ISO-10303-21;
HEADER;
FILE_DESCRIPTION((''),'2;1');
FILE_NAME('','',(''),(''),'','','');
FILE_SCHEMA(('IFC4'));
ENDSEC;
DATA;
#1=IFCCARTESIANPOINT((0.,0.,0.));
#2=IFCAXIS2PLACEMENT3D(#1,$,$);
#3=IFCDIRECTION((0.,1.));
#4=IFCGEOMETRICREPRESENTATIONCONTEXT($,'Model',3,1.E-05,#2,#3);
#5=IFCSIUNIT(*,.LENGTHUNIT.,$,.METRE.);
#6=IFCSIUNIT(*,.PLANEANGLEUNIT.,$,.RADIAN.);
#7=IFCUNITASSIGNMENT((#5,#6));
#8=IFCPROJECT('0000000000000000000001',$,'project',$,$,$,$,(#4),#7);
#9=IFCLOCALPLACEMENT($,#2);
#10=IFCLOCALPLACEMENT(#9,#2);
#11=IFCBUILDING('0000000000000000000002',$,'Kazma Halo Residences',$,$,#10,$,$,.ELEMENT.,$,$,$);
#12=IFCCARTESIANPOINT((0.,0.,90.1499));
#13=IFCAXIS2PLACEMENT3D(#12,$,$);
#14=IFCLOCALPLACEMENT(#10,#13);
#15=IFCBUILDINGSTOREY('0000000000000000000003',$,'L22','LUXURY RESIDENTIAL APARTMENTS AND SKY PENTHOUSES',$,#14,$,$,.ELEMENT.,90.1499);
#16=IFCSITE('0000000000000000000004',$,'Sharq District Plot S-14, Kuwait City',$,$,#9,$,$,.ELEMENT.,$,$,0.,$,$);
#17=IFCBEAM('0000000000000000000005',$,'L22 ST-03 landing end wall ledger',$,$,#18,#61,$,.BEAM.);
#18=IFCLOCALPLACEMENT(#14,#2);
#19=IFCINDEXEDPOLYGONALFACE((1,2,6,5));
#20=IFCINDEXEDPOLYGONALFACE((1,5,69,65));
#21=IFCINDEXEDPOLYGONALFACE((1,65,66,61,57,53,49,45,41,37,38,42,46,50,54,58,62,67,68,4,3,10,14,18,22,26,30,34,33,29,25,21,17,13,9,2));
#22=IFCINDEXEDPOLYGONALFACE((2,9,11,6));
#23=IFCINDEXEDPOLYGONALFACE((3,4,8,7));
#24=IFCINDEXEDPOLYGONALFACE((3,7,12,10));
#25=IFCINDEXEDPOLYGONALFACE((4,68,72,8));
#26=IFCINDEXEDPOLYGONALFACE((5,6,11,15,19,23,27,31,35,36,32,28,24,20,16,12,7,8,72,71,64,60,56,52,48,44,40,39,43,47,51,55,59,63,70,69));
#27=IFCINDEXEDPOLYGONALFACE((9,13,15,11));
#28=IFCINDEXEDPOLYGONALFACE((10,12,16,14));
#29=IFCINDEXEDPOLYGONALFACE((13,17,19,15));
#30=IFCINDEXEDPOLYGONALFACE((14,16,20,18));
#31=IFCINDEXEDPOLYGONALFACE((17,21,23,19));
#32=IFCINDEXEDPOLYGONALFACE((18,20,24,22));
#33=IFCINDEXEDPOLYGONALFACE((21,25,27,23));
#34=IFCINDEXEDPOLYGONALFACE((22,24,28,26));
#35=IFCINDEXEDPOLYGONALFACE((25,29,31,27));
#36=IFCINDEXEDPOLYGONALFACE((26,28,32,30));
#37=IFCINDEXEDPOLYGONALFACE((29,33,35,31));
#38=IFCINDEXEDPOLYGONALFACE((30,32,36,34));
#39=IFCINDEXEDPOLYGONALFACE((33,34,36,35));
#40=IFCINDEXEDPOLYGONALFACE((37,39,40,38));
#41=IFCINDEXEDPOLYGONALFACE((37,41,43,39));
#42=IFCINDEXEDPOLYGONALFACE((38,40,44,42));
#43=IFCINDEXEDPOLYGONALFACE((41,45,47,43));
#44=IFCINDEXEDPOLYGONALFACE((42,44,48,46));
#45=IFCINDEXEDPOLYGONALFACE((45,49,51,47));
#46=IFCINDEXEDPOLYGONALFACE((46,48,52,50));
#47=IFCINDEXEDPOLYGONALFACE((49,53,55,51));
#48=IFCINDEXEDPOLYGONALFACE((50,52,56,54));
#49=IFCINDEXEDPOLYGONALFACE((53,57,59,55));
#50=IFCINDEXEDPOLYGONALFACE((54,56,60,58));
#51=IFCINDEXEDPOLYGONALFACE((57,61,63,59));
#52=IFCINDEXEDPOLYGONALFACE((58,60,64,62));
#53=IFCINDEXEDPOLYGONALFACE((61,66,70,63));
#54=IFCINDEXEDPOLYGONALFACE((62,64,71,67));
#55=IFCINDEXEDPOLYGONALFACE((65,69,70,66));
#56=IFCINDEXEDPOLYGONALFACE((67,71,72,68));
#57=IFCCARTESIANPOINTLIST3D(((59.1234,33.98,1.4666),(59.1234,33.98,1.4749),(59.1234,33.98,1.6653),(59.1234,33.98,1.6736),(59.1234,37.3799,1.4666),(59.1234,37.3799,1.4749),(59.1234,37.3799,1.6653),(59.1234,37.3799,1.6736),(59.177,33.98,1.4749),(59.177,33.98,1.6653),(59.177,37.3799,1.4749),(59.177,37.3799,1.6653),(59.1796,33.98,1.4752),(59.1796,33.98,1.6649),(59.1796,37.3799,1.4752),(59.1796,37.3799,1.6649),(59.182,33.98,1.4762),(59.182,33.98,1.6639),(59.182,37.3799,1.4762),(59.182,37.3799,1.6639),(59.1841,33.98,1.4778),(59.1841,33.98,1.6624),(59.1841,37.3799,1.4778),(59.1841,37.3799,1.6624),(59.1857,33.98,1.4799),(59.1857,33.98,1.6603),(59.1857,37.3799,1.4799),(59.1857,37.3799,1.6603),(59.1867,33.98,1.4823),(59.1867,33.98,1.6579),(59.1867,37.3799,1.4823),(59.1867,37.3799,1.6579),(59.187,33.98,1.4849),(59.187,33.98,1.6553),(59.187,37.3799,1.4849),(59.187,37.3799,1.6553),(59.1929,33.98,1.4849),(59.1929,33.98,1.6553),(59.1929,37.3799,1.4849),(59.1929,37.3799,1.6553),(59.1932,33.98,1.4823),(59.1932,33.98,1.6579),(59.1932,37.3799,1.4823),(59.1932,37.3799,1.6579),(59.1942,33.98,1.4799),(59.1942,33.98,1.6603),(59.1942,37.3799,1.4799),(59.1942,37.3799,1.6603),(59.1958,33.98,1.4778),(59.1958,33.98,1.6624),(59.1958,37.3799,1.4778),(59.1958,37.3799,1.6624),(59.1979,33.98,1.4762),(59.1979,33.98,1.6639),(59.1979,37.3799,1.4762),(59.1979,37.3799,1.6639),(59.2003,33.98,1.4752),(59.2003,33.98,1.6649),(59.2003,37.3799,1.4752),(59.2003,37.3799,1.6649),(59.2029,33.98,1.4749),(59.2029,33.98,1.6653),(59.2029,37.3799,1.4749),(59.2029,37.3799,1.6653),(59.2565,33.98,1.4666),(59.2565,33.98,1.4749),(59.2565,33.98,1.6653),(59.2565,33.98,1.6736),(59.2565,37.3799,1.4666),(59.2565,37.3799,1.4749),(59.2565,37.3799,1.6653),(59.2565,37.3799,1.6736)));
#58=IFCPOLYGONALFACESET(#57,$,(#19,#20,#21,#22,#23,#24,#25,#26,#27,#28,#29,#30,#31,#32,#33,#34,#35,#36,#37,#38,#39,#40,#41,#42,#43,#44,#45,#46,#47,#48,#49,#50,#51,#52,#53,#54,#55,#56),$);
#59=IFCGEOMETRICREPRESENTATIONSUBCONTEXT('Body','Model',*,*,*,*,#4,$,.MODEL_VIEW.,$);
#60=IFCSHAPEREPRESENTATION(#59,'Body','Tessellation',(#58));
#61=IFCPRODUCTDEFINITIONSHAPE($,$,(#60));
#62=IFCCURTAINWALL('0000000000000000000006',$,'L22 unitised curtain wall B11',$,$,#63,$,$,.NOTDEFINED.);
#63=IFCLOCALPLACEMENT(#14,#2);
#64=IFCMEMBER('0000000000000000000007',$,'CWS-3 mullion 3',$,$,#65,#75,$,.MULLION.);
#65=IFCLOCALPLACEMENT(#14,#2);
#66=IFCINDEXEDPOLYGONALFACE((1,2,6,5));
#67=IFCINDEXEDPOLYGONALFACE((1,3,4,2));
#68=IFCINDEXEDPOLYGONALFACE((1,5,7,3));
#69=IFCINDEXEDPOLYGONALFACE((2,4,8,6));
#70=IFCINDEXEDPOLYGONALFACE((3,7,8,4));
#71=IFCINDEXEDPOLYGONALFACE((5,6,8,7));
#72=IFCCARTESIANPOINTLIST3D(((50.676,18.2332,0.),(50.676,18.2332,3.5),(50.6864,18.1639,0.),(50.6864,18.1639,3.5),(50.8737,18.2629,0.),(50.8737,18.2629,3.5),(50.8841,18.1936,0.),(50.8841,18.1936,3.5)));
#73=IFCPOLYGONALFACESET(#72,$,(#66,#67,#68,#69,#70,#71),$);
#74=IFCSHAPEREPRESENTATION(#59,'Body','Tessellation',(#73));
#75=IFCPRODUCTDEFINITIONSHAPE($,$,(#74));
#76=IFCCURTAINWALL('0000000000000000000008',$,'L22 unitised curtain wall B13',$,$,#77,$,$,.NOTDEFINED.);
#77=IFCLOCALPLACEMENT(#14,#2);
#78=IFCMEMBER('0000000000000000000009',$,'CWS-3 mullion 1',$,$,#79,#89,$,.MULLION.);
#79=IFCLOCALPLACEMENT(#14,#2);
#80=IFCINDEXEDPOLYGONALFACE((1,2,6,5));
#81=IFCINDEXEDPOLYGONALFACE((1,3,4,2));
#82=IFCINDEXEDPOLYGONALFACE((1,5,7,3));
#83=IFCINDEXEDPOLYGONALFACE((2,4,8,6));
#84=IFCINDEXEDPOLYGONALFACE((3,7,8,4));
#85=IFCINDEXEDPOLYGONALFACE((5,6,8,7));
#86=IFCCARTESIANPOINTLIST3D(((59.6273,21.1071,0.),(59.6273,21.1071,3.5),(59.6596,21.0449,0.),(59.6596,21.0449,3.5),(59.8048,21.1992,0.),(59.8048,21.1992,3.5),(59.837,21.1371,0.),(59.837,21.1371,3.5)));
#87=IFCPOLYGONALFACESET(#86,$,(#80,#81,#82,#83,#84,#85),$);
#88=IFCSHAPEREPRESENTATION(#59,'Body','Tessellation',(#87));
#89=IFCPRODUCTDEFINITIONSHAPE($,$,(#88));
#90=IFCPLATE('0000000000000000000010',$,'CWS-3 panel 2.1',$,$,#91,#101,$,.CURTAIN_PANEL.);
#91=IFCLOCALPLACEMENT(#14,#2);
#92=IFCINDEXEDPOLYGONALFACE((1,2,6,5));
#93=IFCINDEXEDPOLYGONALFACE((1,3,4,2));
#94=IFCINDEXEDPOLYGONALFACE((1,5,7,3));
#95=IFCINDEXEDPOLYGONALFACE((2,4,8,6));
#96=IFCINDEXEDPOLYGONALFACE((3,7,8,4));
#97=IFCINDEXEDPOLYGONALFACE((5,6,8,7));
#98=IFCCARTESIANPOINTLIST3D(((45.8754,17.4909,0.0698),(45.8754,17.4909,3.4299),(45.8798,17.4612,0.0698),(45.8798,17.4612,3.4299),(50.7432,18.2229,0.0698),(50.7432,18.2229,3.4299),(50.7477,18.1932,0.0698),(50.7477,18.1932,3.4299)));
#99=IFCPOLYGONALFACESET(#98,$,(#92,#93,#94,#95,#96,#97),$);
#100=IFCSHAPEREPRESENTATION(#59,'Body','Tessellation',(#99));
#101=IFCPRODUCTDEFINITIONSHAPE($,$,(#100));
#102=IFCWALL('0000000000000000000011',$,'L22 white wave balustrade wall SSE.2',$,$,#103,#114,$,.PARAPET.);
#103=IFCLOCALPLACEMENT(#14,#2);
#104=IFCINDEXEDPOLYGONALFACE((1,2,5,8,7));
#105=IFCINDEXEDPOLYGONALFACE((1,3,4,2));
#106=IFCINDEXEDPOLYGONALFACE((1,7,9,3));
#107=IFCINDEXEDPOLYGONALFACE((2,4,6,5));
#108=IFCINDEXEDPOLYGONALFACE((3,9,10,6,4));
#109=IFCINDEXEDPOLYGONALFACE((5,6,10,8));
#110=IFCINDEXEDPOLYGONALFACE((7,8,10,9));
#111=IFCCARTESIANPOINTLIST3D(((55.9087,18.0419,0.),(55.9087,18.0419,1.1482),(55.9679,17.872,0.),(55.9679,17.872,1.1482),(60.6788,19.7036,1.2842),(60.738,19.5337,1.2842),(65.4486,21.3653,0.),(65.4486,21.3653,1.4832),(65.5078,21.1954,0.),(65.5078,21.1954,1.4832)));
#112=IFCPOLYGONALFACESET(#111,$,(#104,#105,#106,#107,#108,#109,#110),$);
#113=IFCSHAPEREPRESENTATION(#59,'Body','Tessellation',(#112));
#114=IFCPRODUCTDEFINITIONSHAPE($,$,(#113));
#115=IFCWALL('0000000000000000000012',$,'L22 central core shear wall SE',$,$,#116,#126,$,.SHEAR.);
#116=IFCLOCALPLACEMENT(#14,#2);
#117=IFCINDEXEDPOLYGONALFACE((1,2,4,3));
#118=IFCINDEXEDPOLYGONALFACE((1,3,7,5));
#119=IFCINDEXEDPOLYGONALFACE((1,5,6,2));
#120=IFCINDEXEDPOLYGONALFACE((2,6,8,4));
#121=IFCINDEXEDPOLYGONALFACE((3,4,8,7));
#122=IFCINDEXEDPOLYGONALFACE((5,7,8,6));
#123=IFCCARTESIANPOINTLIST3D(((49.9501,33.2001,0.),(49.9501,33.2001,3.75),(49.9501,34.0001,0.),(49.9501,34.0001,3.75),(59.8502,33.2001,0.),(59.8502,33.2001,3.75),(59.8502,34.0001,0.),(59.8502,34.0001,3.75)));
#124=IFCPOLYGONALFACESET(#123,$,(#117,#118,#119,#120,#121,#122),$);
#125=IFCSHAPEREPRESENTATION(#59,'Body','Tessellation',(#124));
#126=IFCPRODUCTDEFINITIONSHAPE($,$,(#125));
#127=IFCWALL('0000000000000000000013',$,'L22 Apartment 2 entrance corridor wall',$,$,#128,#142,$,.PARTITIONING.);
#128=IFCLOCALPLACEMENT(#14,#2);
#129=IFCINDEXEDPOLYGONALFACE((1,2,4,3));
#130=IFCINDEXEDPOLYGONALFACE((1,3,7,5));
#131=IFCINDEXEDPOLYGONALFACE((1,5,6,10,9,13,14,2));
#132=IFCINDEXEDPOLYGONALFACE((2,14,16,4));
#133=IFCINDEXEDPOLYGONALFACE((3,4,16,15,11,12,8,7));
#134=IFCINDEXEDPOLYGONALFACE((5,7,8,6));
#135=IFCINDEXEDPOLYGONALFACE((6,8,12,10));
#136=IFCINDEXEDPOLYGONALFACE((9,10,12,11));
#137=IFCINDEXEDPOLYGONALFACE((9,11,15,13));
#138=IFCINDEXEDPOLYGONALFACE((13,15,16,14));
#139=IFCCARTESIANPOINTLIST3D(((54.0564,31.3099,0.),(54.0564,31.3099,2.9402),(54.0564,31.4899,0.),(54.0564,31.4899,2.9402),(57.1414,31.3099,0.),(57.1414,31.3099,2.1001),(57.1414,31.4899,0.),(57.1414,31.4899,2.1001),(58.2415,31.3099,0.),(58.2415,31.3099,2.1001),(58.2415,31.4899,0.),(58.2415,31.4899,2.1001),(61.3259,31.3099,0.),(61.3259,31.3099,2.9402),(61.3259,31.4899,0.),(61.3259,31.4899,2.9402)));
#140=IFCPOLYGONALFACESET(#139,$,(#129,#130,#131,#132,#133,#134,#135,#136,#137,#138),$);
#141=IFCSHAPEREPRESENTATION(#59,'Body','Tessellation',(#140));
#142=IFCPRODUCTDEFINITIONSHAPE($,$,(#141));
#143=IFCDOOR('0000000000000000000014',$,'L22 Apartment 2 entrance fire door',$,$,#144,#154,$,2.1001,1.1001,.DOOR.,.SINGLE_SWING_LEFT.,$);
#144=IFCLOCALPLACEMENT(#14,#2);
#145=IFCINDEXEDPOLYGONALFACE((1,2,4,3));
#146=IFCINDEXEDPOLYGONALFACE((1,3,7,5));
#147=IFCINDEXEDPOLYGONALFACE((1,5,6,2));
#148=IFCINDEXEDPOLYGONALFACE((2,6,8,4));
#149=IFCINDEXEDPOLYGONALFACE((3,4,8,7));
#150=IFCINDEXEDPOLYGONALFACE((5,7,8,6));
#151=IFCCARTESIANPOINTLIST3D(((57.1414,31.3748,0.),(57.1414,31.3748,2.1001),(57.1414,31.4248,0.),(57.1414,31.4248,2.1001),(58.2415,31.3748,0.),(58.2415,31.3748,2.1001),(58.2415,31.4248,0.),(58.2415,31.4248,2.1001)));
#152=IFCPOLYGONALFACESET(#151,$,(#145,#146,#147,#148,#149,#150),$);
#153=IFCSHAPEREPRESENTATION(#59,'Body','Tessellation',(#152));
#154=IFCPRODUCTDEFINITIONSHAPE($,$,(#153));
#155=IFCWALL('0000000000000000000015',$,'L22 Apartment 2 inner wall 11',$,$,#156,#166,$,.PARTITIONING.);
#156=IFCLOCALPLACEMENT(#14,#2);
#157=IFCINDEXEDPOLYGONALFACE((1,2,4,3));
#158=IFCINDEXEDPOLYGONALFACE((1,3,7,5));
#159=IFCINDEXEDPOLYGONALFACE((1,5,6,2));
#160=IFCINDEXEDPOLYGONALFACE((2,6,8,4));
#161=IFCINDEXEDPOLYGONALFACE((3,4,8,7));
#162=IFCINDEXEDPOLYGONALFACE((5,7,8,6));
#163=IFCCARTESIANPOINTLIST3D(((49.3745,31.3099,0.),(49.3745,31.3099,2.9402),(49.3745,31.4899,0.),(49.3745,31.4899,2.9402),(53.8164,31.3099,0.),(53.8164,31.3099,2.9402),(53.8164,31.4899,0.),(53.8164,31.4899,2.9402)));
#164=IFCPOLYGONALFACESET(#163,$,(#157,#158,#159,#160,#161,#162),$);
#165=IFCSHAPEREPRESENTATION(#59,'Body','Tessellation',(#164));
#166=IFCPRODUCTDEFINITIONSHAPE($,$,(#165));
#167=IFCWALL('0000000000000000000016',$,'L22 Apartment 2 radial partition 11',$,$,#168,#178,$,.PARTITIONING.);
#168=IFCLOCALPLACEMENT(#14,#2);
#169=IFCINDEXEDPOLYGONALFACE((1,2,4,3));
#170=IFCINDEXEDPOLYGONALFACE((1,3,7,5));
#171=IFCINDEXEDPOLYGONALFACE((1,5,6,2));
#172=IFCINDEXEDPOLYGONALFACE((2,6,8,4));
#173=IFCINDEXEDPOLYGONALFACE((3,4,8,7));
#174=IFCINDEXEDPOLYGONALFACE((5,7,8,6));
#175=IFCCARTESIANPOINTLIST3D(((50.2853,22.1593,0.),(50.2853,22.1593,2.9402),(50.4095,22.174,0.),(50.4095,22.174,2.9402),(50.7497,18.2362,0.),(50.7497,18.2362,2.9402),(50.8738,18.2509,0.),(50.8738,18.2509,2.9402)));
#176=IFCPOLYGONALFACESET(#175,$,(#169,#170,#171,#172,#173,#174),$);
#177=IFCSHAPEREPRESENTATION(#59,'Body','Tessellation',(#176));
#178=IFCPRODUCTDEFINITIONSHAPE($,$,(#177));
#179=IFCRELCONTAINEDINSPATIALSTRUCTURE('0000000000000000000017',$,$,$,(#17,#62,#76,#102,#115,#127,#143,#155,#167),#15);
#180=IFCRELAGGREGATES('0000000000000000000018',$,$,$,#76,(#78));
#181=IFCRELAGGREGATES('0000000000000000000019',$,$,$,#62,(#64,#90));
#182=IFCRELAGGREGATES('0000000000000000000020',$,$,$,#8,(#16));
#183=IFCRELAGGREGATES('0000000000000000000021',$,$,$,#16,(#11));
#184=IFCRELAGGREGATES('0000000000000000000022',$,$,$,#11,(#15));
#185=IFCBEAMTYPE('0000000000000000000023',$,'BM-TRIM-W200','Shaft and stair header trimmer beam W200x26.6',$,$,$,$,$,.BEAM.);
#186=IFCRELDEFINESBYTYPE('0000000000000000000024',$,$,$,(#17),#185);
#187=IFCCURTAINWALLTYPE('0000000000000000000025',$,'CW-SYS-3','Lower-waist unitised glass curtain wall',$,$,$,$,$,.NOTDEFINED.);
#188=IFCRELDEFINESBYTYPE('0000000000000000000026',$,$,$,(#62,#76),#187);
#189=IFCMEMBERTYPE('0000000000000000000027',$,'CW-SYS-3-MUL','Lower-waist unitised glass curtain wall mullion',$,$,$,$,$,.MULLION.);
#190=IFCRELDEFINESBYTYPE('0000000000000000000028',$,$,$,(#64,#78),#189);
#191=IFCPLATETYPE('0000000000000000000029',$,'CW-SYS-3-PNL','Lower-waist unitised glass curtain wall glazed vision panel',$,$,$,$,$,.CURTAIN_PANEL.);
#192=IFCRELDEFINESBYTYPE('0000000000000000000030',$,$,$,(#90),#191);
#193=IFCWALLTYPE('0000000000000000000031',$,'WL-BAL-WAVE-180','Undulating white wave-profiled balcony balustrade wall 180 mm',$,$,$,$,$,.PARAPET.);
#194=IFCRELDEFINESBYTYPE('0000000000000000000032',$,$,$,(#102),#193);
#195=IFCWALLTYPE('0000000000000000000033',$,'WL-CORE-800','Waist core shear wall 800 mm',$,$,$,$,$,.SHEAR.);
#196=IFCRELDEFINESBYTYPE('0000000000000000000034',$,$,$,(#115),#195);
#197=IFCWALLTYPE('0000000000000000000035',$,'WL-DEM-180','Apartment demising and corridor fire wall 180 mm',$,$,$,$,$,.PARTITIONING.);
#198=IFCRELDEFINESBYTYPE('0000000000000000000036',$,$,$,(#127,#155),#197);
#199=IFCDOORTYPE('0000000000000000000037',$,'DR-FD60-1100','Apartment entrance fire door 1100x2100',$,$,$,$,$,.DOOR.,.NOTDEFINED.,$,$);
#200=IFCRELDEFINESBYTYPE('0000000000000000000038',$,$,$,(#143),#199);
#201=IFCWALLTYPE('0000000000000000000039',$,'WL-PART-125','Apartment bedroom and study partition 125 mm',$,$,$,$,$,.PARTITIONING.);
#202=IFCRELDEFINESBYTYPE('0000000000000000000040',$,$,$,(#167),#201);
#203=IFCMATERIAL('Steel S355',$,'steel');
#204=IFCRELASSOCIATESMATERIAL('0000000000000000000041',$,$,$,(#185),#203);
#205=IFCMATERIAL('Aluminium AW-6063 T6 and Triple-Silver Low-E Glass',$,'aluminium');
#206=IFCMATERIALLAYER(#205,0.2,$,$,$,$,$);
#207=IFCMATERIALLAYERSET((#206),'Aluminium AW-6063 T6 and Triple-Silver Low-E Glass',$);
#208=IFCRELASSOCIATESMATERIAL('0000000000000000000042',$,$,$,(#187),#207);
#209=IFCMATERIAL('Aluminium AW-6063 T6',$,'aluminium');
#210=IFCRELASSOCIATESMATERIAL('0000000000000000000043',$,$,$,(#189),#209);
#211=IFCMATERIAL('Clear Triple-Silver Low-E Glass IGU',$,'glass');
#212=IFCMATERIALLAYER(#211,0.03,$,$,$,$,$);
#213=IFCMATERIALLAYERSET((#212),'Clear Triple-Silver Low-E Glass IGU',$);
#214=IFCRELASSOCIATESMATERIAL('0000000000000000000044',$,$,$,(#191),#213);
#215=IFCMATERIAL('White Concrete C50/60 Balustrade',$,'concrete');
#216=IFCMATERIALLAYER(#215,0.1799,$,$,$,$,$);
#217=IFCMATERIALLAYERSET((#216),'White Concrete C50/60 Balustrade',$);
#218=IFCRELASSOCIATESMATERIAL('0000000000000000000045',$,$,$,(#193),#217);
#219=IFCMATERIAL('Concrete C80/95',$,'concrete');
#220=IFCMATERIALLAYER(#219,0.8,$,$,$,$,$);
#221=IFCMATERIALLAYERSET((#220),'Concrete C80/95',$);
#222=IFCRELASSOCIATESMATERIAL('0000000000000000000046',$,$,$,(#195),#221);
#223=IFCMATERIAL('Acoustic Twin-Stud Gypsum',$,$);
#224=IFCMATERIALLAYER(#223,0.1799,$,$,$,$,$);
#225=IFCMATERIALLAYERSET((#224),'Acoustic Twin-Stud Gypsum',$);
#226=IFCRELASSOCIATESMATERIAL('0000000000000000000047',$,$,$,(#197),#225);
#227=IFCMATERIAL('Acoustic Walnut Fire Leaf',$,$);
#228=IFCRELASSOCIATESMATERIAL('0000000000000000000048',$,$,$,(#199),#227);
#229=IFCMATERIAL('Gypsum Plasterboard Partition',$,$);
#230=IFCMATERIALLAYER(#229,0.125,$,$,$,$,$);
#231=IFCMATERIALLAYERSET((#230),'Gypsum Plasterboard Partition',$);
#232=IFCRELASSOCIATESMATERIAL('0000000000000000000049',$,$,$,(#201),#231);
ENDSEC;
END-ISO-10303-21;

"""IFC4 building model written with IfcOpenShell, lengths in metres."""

from ifc_helpers import new_model, si_unit, direction, frame, frame_2d, origin, origin_2d, place, context, subcontext, project, spatial, polyline, rectangle, i_section, outline, extrude, material, layer, layer_set, material_profile, profile_set, type_object, element, fill, aggregate, save


model = new_model("IFC4")

# Units and contexts
model_context = context("Model", 3, precision=1e-05, world=origin(), true_north=direction((0.0, 1.0)))
body_context = subcontext(model_context, "Body", "Model", "MODEL_VIEW")
ifc_project = project(units=[si_unit("LENGTHUNIT", "METRE"), si_unit("PLANEANGLEUNIT", "RADIAN")], contexts=[model_context])

# Site, building, storey
site_placement = place(None, origin())
site = spatial("IfcSite", under=ifc_project, at=site_placement, Name="Sharq District Plot S-14, Kuwait City", CompositionType="ELEMENT", RefElevation=0.0)
building_placement = place(site_placement, origin())
building = spatial("IfcBuilding", under=site, at=building_placement, Name="Kazma Halo Residences", CompositionType="ELEMENT")
storey_placement = place(building_placement, frame((0.0, 0.0, 90.1499)))
storey = spatial("IfcBuildingStorey", under=building, at=storey_placement, Name="L22", Description="LUXURY RESIDENTIAL APARTMENTS AND SKY PENTHOUSES", CompositionType="ELEMENT", Elevation=90.1499)

# Shared definitions
ifc_material_1 = material(Name="Concrete C80/95", Category="concrete")

# Beam
ifc_material_2 = material(Name="Steel S355", Category="steel")
ifc_material_profile_1 = material_profile(ifc_material_2, i_section(OverallWidth=0.1331, OverallDepth=0.207, WebThickness=0.0059, FlangeThickness=0.0083, FilletRadius=0.01, at=origin_2d()), Name="W200x26.6")
ifc_profile_set_1 = profile_set([ifc_material_profile_1], Name="Steel S355")
beam_type_1 = type_object("IfcBeamType", Name="BM-TRIM-W200", Description="Shaft and stair header trimmer beam W200x26.6", PredefinedType="BEAM", material=ifc_profile_set_1)
beam_1_placement = place(storey_placement, frame((59.1899, 33.98, 1.5701), z_axis=(0.0, 1.0, 0.0), x_axis=(-1.0, 0.0, 0.0)))
element("IfcBeam", 1, at=beam_1_placement, inside=storey, type_object=beam_type_1, Name="L22 ST-03 landing end wall ledger", PredefinedType="BEAM", context=body_context, shape_type="SweptSolid", body=[
    extrude(i_section(OverallWidth=0.1331, OverallDepth=0.207, WebThickness=0.0059, FlangeThickness=0.0083, FilletRadius=0.01, at=origin_2d()), origin(), (0.0, 0.0, 1.0), 3.3999),
])

# Curtain walls, members
ifc_material_3 = material(Name="Aluminium AW-6063 T6 and Triple-Silver Low-E Glass", Category="aluminium")
ifc_layer_1 = layer(ifc_material_3, 0.2)
ifc_layer_set_1 = layer_set([ifc_layer_1], Name="Aluminium AW-6063 T6 and Triple-Silver Low-E Glass")
curtain_wall_type = type_object("IfcCurtainWallType", Name="CW-SYS-3", Description="Lower-waist unitised glass curtain wall", PredefinedType="NOTDEFINED", material=ifc_layer_set_1)
curtain_wall_1_placement = place(storey_placement, origin())
curtain_wall_1 = element("IfcCurtainWall", 2, at=curtain_wall_1_placement, inside=storey, type_object=curtain_wall_type, Name="L22 unitised curtain wall B11", PredefinedType="NOTDEFINED")
ifc_material_4 = material(Name="Aluminium AW-6063 T6", Category="aluminium")
ifc_material_profile_2 = material_profile(ifc_material_4, rectangle(XDim=0.0701, YDim=0.2, at=origin_2d()), Name="CWM-70x200")
ifc_profile_set_2 = profile_set([ifc_material_profile_2], Name="Aluminium AW-6063 T6")
member_type = type_object("IfcMemberType", Name="CW-SYS-3-MUL", Description="Lower-waist unitised glass curtain wall mullion", PredefinedType="MULLION", material=ifc_profile_set_2)
member_1_placement = place(storey_placement, frame((50.78, 18.2134, 0.0), z_axis=(0.0, 0.0, 1.0), x_axis=(-0.148717, 0.98888, 0.0)))
member_1 = element("IfcMember", 3, at=member_1_placement, type_object=member_type, Name="CWS-3 mullion 3", PredefinedType="MULLION", context=body_context, shape_type="SweptSolid", body=[
    extrude(rectangle(XDim=0.0701, YDim=0.2, at=origin_2d()), origin(), (0.0, 0.0, 1.0), 3.5),
])
curtain_wall_2_placement = place(storey_placement, origin())
curtain_wall_2 = element("IfcCurtainWall", 4, at=curtain_wall_2_placement, inside=storey, type_object=curtain_wall_type, Name="L22 unitised curtain wall B13", PredefinedType="NOTDEFINED")
member_2_placement = place(storey_placement, frame((59.7322, 21.1221, 0.0), z_axis=(0.0, 0.0, 1.0), x_axis=(-0.460932, 0.887435, 0.0)))
member_2 = element("IfcMember", 5, at=member_2_placement, type_object=member_type, Name="CWS-3 mullion 1", PredefinedType="MULLION", context=body_context, shape_type="SweptSolid", body=[
    extrude(rectangle(XDim=0.0701, YDim=0.2, at=origin_2d()), origin(), (0.0, 0.0, 1.0), 3.5),
])
aggregate(curtain_wall_2, [member_2])

# Plate
ifc_material_5 = material(Name="Clear Triple-Silver Low-E Glass IGU", Category="glass")
ifc_layer_2 = layer(ifc_material_5, 0.03)
ifc_layer_set_2 = layer_set([ifc_layer_2], Name="Clear Triple-Silver Low-E Glass IGU")
plate_type = type_object("IfcPlateType", Name="CW-SYS-3-PNL", Description="Lower-waist unitised glass curtain wall glazed vision panel", PredefinedType="CURTAIN_PANEL", material=ifc_layer_set_2)
plate_placement = place(storey_placement, frame((48.3115, 17.842, 0.0698), z_axis=(0.0, 0.0, 1.0), x_axis=(0.98888, 0.148717, 0.0)))
plate = element("IfcPlate", 6, at=plate_placement, type_object=plate_type, Name="CWS-3 panel 2.1", PredefinedType="CURTAIN_PANEL", context=body_context, shape_type="SweptSolid", body=[
    extrude(rectangle(XDim=4.9226, YDim=0.03, at=origin_2d()), origin(), (0.0, 0.0, 1.0), 3.3601),
])
aggregate(curtain_wall_1, [member_1, plate])

# Walls
ifc_material_6 = material(Name="White Concrete C50/60 Balustrade", Category="concrete")
ifc_layer_3 = layer(ifc_material_6, 0.1799)
ifc_layer_set_3 = layer_set([ifc_layer_3], Name="White Concrete C50/60 Balustrade")
wall_type_1 = type_object("IfcWallType", Name="WL-BAL-WAVE-180", Description="Undulating white wave-profiled balcony balustrade wall 180 mm", PredefinedType="PARAPET", material=ifc_layer_set_3)
wall_1_placement = place(storey_placement, frame((55.9382, 17.957, 0.0), z_axis=(0.0, 0.0, 1.0), x_axis=(0.944337, 0.328981, 0.0)))
element("IfcWall", 7, at=wall_1_placement, inside=storey, type_object=wall_type_1, Name="L22 white wave balustrade wall SSE.2", PredefinedType="PARAPET", context=body_context, shape_type="SweptSolid", body=[
    extrude(outline(polyline([(0.0, 0.0), (10.1023, 0.0), (10.1023, 1.4832), (5.0513, 1.2842), (0.0, 1.1482), (0.0, 0.0)])), frame((0.0, 0.0898, 0.0), z_axis=(0.0, -1.0, 0.0), x_axis=(1.0, 0.0, 0.0)), (0.0, 0.0, 1.0), 0.1799),
])
ifc_layer_4 = layer(ifc_material_1, 0.8)
ifc_layer_set_4 = layer_set([ifc_layer_4], Name="Concrete C80/95")
wall_type_2 = type_object("IfcWallType", Name="WL-CORE-800", Description="Waist core shear wall 800 mm", PredefinedType="SHEAR", material=ifc_layer_set_4)
wall_2_placement = place(storey_placement, frame((49.95, 33.6001, 0.0), z_axis=(0.0, 0.0, 1.0), x_axis=(1.0, 0.0, 0.0)))
element("IfcWall", 8, at=wall_2_placement, inside=storey, type_object=wall_type_2, Name="L22 central core shear wall SE", PredefinedType="SHEAR", context=body_context, shape_type="SweptSolid", body=[
    extrude(rectangle(XDim=9.9001, YDim=0.8, at=frame_2d((4.9502, 0.0))), origin(), (0.0, 0.0, 1.0), 3.75),
])

# Wall, opening, door
ifc_material_7 = material(Name="Acoustic Twin-Stud Gypsum")
ifc_layer_5 = layer(ifc_material_7, 0.1799)
ifc_layer_set_5 = layer_set([ifc_layer_5], Name="Acoustic Twin-Stud Gypsum")
wall_type_3 = type_object("IfcWallType", Name="WL-DEM-180", Description="Apartment demising and corridor fire wall 180 mm", PredefinedType="PARTITIONING", material=ifc_layer_set_5)
wall_3_placement = place(storey_placement, frame((54.0564, 31.3999, 0.0), z_axis=(0.0, 0.0, 1.0), x_axis=(1.0, 0.0, 0.0)))
wall_3 = element("IfcWall", 9, at=wall_3_placement, inside=storey, type_object=wall_type_3, Name="L22 Apartment 2 entrance corridor wall", PredefinedType="PARTITIONING", context=body_context, shape_type="SweptSolid", body=[
    extrude(rectangle(XDim=7.2695, YDim=0.1799, at=frame_2d((3.6348, 0.0))), origin(), (0.0, 0.0, 1.0), 2.9402),
])
opening_1_placement = place(wall_3_placement, frame((3.085, 0.0, 0.0)))
opening_1 = element("IfcOpeningElement", 10, at=opening_1_placement, cuts=wall_3, PredefinedType="OPENING", context=body_context, shape_type="SweptSolid", body=[
    extrude(rectangle(XDim=1.1001, YDim=2.1001, at=frame_2d((0.55, 1.05))), frame((0.0, 0.0999, 0.0), z_axis=(0.0, -1.0, 0.0), x_axis=(1.0, 0.0, 0.0)), (0.0, 0.0, 1.0), 0.2),
])
ifc_material_8 = material(Name="Acoustic Walnut Fire Leaf")
door_type_1 = type_object("IfcDoorType", Name="DR-FD60-1100", Description="Apartment entrance fire door 1100x2100", OperationType="NOTDEFINED", PredefinedType="DOOR", material=ifc_material_8)
door_1_placement = place(opening_1_placement, origin())
door_1 = element("IfcDoor", 11, at=door_1_placement, inside=storey, type_object=door_type_1, Name="L22 Apartment 2 entrance fire door", OperationType="SINGLE_SWING_LEFT", OverallHeight=2.1001, OverallWidth=1.1001, PredefinedType="DOOR", context=body_context, shape_type="SweptSolid", body=[
    extrude(rectangle(XDim=1.1001, YDim=2.1001, at=frame_2d((0.55, 1.05))), frame((0.0, 0.0249, 0.0), z_axis=(0.0, -1.0, 0.0), x_axis=(1.0, 0.0, 0.0)), (0.0, 0.0, 1.0), 0.05),
])
fill(opening_1, door_1)

# Wall
wall_4_placement = place(storey_placement, frame((49.3745, 31.3999, 0.0), z_axis=(0.0, 0.0, 1.0), x_axis=(1.0, 0.0, 0.0)))
element("IfcWall", 12, at=wall_4_placement, inside=storey, type_object=wall_type_3, Name="L22 Apartment 2 inner wall 11", PredefinedType="PARTITIONING", context=body_context, shape_type="SweptSolid", body=[
    extrude(rectangle(XDim=4.4419, YDim=0.1799, at=frame_2d((2.2209, 0.0))), origin(), (0.0, 0.0, 1.0), 2.9402),
])

# Wall
ifc_material_9 = material(Name="Gypsum Plasterboard Partition")
ifc_layer_6 = layer(ifc_material_9, 0.125)
ifc_layer_set_6 = layer_set([ifc_layer_6], Name="Gypsum Plasterboard Partition")
wall_type_4 = type_object("IfcWallType", Name="WL-PART-125", Description="Apartment bedroom and study partition 125 mm", PredefinedType="PARTITIONING", material=ifc_layer_set_6)
wall_5_placement = place(storey_placement, frame((50.3474, 22.1665, 0.0), z_axis=(0.0, 0.0, 1.0), x_axis=(0.117544, -0.993068, 0.0)))
element("IfcWall", 13, at=wall_5_placement, inside=storey, type_object=wall_type_4, Name="L22 Apartment 2 radial partition 11", PredefinedType="PARTITIONING", context=body_context, shape_type="SweptSolid", body=[
    extrude(rectangle(XDim=3.9504, YDim=0.125, at=frame_2d((1.9751, 0.0))), origin(), (0.0, 0.0, 1.0), 2.9402),
])

save(model, "model.ifc")
